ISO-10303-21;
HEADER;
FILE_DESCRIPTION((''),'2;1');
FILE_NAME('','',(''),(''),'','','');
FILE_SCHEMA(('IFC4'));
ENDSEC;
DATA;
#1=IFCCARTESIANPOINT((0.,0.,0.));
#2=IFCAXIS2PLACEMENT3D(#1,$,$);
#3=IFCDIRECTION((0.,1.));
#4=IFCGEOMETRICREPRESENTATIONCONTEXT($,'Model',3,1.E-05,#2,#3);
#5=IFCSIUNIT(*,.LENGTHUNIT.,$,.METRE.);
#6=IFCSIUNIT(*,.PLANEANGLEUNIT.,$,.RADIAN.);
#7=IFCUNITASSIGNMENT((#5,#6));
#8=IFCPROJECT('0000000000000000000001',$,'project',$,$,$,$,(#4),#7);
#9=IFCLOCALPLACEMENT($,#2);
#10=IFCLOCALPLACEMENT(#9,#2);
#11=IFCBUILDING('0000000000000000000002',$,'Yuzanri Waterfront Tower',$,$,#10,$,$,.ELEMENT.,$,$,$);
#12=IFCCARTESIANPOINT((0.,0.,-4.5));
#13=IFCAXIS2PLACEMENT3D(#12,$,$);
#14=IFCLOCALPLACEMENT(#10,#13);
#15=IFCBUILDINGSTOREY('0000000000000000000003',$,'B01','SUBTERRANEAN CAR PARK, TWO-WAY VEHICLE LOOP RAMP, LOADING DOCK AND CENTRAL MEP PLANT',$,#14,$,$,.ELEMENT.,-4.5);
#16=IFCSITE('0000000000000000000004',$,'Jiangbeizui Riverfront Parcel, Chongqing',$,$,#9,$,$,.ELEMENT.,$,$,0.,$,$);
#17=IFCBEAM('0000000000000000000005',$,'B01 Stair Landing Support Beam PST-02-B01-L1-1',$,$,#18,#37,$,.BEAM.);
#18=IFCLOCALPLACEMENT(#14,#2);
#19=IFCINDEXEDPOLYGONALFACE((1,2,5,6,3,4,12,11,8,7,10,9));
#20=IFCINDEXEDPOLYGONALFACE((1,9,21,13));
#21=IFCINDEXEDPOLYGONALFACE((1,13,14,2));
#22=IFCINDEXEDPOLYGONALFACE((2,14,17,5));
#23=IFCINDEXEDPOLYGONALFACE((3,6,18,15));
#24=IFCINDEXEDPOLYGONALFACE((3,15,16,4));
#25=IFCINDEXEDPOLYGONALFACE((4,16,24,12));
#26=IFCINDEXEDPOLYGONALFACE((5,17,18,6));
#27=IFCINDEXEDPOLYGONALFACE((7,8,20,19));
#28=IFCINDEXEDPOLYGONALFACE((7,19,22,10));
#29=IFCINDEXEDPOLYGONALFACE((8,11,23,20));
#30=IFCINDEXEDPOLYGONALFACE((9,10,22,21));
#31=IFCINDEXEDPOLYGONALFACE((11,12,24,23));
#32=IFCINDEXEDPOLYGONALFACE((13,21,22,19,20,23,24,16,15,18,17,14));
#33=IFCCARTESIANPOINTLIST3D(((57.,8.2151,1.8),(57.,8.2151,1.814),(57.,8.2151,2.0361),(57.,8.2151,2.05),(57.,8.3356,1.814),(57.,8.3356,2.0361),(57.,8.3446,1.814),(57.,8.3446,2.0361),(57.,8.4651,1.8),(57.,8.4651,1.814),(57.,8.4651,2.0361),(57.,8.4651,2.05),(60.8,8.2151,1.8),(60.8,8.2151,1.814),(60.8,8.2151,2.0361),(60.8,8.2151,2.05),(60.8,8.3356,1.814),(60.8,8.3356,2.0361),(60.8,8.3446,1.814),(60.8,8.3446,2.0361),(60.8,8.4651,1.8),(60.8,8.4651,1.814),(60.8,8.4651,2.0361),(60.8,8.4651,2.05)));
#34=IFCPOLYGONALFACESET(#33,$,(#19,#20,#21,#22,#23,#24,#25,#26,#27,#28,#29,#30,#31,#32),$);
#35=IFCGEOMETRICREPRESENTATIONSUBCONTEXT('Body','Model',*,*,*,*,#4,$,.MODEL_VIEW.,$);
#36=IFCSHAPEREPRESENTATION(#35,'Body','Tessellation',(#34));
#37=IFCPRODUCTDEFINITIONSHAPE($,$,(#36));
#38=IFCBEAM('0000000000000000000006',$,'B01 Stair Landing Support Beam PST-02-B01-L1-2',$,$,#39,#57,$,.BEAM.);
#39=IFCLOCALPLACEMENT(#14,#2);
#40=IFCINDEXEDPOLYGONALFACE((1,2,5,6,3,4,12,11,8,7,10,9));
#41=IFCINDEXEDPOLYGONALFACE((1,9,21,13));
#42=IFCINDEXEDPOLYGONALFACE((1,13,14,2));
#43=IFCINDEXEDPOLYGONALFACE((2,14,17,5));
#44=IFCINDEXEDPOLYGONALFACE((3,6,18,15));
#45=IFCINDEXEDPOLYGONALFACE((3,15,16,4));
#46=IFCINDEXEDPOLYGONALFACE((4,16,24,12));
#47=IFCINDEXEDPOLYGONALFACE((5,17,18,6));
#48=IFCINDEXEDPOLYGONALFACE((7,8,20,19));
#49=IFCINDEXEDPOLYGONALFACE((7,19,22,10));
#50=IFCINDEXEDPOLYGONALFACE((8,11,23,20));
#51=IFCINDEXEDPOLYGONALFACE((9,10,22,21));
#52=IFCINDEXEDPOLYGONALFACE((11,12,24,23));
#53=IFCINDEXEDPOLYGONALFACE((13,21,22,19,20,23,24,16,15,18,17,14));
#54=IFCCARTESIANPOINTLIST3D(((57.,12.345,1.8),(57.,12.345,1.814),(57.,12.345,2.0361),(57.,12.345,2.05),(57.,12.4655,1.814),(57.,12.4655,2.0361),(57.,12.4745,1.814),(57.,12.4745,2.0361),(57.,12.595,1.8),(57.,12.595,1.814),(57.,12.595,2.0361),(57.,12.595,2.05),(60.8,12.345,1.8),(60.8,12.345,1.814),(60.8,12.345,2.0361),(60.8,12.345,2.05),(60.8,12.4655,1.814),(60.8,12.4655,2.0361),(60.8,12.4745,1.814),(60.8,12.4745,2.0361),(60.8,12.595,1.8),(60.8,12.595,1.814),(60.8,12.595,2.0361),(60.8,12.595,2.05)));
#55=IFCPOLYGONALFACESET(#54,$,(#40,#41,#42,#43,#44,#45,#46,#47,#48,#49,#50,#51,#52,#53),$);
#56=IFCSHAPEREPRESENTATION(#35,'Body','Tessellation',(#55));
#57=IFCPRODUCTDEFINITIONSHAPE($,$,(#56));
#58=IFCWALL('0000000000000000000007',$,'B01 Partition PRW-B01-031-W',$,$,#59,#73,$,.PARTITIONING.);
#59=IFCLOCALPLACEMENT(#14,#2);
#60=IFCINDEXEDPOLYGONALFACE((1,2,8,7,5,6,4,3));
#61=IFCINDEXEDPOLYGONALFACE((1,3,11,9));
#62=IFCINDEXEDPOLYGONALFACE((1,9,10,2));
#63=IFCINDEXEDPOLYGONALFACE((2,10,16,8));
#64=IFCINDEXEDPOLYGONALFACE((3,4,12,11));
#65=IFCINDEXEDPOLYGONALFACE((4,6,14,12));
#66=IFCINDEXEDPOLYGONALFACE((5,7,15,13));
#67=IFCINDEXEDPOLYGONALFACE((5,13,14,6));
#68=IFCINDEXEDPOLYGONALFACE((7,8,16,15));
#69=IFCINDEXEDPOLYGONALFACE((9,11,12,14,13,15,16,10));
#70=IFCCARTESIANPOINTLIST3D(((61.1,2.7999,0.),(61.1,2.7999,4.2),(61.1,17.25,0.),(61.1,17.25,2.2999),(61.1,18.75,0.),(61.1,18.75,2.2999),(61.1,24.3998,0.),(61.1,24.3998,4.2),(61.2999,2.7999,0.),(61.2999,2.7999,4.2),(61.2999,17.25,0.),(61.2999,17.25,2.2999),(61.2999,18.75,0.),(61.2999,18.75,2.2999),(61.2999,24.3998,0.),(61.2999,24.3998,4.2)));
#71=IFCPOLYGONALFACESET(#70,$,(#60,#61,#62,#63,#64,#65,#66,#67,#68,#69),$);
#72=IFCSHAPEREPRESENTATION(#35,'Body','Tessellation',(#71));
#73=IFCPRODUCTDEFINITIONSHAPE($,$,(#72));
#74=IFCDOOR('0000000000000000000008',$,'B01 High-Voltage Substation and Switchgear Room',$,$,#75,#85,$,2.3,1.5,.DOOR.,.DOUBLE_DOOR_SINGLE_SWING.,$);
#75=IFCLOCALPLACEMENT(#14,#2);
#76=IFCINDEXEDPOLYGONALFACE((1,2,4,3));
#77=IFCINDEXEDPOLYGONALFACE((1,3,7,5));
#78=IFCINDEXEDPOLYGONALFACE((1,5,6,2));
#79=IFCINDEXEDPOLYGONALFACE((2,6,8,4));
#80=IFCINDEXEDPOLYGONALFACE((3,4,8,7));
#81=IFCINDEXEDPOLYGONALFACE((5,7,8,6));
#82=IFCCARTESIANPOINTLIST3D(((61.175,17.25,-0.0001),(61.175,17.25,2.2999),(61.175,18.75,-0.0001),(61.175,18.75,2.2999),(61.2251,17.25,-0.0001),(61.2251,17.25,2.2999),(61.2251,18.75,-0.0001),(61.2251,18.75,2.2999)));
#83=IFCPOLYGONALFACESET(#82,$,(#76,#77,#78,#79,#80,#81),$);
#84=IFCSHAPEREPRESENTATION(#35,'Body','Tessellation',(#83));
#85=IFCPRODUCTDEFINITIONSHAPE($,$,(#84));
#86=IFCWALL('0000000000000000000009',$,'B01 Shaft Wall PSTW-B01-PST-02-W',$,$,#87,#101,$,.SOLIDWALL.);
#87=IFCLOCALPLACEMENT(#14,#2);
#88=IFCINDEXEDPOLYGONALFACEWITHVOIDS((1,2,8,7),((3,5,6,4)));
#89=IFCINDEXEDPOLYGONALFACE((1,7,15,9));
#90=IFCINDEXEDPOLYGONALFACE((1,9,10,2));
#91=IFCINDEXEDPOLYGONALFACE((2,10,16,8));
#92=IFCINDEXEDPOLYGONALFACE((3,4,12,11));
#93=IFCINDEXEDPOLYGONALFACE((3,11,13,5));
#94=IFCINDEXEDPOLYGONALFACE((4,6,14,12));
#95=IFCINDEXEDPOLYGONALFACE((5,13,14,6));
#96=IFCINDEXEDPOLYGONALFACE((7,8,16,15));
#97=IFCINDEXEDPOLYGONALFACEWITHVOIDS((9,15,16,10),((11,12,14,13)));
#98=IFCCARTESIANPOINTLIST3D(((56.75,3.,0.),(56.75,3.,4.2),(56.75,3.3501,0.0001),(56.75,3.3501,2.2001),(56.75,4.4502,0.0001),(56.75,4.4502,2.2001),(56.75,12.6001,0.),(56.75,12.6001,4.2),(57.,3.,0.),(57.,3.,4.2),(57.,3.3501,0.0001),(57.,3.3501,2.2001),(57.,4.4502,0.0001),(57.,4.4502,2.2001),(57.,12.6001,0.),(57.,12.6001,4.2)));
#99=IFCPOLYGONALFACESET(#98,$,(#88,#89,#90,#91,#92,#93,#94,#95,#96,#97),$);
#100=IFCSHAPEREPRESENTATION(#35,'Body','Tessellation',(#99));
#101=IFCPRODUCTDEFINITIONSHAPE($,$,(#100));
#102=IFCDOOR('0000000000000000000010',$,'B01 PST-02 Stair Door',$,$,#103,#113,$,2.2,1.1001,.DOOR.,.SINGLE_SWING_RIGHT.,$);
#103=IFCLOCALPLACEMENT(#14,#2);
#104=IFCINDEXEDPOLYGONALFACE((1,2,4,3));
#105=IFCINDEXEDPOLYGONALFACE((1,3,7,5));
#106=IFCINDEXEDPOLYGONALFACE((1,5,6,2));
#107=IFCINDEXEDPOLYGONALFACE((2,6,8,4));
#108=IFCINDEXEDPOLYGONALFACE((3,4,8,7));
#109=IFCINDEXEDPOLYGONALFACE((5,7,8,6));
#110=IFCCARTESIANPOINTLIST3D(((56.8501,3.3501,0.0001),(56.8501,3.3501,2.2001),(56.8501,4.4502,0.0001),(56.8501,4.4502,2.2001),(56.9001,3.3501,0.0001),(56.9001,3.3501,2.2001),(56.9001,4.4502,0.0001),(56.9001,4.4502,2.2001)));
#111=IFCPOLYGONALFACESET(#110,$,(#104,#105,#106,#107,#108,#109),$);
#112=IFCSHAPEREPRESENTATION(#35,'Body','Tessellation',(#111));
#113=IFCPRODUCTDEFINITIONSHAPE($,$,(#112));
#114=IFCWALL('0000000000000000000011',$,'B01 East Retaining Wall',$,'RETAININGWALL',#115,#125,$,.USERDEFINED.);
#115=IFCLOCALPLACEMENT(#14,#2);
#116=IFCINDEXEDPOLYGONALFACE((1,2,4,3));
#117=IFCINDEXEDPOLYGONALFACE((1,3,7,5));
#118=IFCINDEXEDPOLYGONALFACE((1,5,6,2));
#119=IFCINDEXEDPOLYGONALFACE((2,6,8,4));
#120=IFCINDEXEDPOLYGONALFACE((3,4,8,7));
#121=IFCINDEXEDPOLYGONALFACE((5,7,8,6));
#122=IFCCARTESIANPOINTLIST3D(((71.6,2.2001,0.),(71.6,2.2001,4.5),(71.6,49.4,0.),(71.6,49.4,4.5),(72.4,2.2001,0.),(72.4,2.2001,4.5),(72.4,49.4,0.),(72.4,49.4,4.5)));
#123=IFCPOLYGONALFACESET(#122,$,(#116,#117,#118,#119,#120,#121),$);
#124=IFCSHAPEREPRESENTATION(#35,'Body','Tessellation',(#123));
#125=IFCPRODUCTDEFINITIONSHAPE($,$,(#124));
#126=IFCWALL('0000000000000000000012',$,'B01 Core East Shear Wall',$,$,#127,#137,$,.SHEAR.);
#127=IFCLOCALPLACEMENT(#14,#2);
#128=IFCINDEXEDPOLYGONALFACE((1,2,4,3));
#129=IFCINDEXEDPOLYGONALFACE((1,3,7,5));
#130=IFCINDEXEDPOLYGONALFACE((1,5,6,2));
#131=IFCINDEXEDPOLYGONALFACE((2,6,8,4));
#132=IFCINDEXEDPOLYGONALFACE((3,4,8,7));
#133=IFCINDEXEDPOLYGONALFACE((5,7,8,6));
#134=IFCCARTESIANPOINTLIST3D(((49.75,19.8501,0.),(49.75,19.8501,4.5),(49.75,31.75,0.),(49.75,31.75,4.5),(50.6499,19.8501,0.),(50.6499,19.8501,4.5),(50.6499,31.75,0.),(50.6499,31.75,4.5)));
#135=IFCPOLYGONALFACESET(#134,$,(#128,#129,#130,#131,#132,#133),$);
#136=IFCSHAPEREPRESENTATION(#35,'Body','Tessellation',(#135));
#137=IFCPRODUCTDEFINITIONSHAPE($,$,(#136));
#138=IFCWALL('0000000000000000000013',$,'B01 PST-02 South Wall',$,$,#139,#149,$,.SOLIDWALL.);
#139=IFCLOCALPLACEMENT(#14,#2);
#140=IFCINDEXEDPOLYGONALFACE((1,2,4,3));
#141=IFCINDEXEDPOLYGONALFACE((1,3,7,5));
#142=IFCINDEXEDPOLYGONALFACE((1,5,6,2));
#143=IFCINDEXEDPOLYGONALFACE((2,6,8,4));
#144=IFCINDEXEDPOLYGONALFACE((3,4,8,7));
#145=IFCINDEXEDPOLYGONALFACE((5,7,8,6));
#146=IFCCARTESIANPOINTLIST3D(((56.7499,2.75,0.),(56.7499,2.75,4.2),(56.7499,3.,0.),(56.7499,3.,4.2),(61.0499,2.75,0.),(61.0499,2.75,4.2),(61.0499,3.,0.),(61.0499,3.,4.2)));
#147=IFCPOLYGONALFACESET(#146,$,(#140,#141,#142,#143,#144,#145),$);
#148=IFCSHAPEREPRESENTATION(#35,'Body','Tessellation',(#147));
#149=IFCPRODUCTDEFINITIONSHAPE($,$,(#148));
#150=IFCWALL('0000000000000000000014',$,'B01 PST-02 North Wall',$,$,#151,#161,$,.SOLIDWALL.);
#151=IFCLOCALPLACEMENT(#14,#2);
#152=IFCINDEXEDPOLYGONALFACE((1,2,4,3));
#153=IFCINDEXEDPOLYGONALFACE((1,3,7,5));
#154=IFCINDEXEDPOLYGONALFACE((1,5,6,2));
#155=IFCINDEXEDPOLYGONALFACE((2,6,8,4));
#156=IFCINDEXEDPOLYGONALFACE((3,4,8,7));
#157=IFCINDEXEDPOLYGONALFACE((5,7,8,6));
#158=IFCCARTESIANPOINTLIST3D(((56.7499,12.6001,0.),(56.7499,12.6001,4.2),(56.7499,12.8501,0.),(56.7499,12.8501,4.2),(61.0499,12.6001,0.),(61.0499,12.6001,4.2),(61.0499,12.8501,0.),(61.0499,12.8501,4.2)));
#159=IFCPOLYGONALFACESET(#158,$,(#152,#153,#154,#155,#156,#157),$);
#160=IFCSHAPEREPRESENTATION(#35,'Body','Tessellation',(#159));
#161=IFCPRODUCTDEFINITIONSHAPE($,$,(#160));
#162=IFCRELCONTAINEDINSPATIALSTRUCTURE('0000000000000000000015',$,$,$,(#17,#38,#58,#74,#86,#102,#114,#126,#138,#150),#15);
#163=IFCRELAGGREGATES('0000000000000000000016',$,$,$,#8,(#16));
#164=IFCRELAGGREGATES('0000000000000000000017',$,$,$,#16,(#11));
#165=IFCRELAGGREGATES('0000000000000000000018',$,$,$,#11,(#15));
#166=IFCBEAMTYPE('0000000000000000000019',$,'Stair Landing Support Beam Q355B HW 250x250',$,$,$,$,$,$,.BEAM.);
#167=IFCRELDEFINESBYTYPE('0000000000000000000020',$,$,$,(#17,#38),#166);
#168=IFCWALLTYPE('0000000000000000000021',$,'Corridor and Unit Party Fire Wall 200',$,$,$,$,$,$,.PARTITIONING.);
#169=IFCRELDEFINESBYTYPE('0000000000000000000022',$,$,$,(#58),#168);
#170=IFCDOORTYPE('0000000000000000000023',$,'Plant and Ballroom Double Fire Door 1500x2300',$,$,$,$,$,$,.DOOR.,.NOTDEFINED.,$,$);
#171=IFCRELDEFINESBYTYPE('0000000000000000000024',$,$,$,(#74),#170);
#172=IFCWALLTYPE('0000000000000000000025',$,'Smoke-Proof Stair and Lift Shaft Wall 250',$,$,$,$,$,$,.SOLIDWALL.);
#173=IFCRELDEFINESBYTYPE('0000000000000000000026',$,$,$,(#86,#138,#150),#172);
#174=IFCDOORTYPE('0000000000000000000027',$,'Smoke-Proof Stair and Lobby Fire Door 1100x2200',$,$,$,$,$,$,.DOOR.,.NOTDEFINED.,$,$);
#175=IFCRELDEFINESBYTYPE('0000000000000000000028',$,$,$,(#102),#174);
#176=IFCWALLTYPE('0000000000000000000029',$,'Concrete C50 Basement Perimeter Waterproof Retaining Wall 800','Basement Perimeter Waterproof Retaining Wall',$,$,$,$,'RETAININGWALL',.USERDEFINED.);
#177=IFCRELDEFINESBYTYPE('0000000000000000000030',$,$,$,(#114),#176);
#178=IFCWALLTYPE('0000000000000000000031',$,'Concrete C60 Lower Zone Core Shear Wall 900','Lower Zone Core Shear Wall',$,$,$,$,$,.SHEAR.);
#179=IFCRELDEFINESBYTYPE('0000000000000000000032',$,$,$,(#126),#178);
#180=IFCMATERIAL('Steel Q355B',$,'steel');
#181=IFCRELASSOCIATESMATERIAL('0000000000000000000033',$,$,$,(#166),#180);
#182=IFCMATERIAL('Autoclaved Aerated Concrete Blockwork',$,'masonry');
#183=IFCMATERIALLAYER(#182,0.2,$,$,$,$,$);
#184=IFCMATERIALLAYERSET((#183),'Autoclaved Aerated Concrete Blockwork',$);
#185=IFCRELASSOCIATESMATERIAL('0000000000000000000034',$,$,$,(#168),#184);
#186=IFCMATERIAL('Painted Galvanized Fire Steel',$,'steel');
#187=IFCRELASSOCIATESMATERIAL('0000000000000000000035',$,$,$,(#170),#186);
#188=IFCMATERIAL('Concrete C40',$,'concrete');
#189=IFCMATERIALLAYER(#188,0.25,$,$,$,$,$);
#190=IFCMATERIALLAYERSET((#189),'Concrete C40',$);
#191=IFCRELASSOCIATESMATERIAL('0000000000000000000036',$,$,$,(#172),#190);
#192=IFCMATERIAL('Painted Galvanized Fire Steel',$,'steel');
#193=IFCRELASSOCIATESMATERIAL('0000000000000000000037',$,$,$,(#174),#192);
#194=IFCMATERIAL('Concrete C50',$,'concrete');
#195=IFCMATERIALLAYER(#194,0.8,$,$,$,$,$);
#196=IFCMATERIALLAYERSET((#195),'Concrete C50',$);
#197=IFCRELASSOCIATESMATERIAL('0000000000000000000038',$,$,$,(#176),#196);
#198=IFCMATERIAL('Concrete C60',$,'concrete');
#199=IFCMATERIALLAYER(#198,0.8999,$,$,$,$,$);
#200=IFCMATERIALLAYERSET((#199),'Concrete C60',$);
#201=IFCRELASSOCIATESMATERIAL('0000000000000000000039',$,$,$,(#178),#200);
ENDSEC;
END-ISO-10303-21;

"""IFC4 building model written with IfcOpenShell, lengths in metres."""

from ifc_helpers import new_model, si_unit, direction, frame, frame_2d, origin, origin_2d, place, context, subcontext, project, spatial, rectangle, i_section, extrude, source, transform, mapped, material, layer, layer_set, material_profile, profile_set, type_object, element, fill, save


model = new_model("IFC4")

# Units and contexts
model_context = context("Model", 3, precision=1e-05, world=origin(), true_north=direction((0.0, 1.0)))
body_context = subcontext(model_context, "Body", "Model", "MODEL_VIEW")
ifc_project = project(units=[si_unit("LENGTHUNIT", "METRE"), si_unit("PLANEANGLEUNIT", "RADIAN")], contexts=[model_context])

# Site, building, storey
site_placement = place(None, origin())
site = spatial("IfcSite", under=ifc_project, at=site_placement, Name="Jiangbeizui Riverfront Parcel, Chongqing", CompositionType="ELEMENT", RefElevation=0.0)
building_placement = place(site_placement, origin())
building = spatial("IfcBuilding", under=site, at=building_placement, Name="Yuzanri Waterfront Tower", CompositionType="ELEMENT")
storey_placement = place(building_placement, frame((0.0, 0.0, -4.5)))
storey = spatial("IfcBuildingStorey", under=building, at=storey_placement, Name="B01", Description="SUBTERRANEAN CAR PARK, TWO-WAY VEHICLE LOOP RAMP, LOADING DOCK AND CENTRAL MEP PLANT", CompositionType="ELEMENT", Elevation=-4.5)

# Beams
ifc_material_1 = material(Name="Steel Q355B", Category="steel")
ifc_material_profile_1 = material_profile(ifc_material_1, i_section(OverallWidth=0.25, OverallDepth=0.25, WebThickness=0.009, FlangeThickness=0.0139, at=origin_2d()), Name="HW 250x250x9x14")
ifc_profile_set_1 = profile_set([ifc_material_profile_1], Name="Steel Q355B")
beam_type_1 = type_object("IfcBeamType", Name="Stair Landing Support Beam Q355B HW 250x250", PredefinedType="BEAM", material=ifc_profile_set_1)
shared_shape_1 = source(origin(), body_context, "Body", "SweptSolid", [
    extrude(i_section(OverallWidth=0.25, OverallDepth=0.25, WebThickness=0.009, FlangeThickness=0.0139, at=origin_2d()), origin(), (0.0, 0.0, 1.0), 3.8),
])
for number, where, z_axis, x_axis, name in (
    (1, (57.0, 8.3401, 1.925), (1.0, 0.0, 0.0), (0.0, 1.0, 0.0), "B01 Stair Landing Support Beam PST-02-B01-L1-1"),
    (2, (57.0, 12.47, 1.925), (1.0, 0.0, 0.0), (0.0, 1.0, 0.0), "B01 Stair Landing Support Beam PST-02-B01-L1-2"),
):
    element("IfcBeam", number, at=place(storey_placement, frame(where, z_axis=z_axis, x_axis=x_axis)), inside=storey, type_object=beam_type_1, Name=name, PredefinedType="BEAM", context=body_context, shape_type="MappedRepresentation", body=[
        mapped(shared_shape_1, transform((0.0, 0.0, 0.0), scale=1.0)),
    ])

# Walls, openings, doors
ifc_material_2 = material(Name="Autoclaved Aerated Concrete Blockwork", Category="masonry")
ifc_layer_1 = layer(ifc_material_2, 0.2)
ifc_layer_set_1 = layer_set([ifc_layer_1], Name="Autoclaved Aerated Concrete Blockwork")
wall_type_1 = type_object("IfcWallType", Name="Corridor and Unit Party Fire Wall 200", PredefinedType="PARTITIONING", material=ifc_layer_set_1)
wall_1_placement = place(storey_placement, frame((61.2, 2.8, 0.0), z_axis=(0.0, 0.0, 1.0), x_axis=(0.0, 1.0, 0.0)))
wall_1 = element("IfcWall", 3, at=wall_1_placement, inside=storey, type_object=wall_type_1, Name="B01 Partition PRW-B01-031-W", PredefinedType="PARTITIONING", context=body_context, shape_type="SweptSolid", body=[
    extrude(rectangle(XDim=21.5999, YDim=0.2, at=frame_2d((10.7998, 0.0))), origin(), (0.0, 0.0, 1.0), 4.2),
])
opening_1_placement = place(wall_1_placement, frame((14.45, 0.0, 0.0)))
opening_1 = element("IfcOpeningElement", 4, at=opening_1_placement, cuts=wall_1, PredefinedType="OPENING", context=body_context, shape_type="SweptSolid", body=[
    extrude(rectangle(XDim=1.5, YDim=2.3, at=frame_2d((0.75, 1.1499))), frame((0.0, 0.1147, 0.0), z_axis=(0.0, -1.0, 0.0), x_axis=(1.0, 0.0, 0.0)), (0.0, 0.0, 1.0), 0.2297),
])
ifc_material_3 = material(Name="Painted Galvanized Fire Steel", Category="steel")
door_type_1 = type_object("IfcDoorType", Name="Plant and Ballroom Double Fire Door 1500x2300", OperationType="NOTDEFINED", PredefinedType="DOOR", material=ifc_material_3)
shared_shape_2 = source(origin(), body_context, "Body", "SweptSolid", [
    extrude(rectangle(XDim=1.5, YDim=2.3, at=frame_2d((0.75, 1.1499))), frame((0.0, 0.0249, 0.0), z_axis=(0.0, -1.0, 0.0), x_axis=(1.0, 0.0, 0.0)), (0.0, 0.0, 1.0), 0.05),
])
door_1_placement = place(opening_1_placement, origin())
door_1 = element("IfcDoor", 5, at=door_1_placement, inside=storey, type_object=door_type_1, Name="B01 High-Voltage Substation and Switchgear Room", OperationType="DOUBLE_DOOR_SINGLE_SWING", OverallHeight=2.3, OverallWidth=1.5, PredefinedType="DOOR", context=body_context, shape_type="MappedRepresentation", body=[
    mapped(shared_shape_2, transform((0.0, 0.0, 0.0), scale=1.0)),
])
fill(opening_1, door_1)
ifc_material_4 = material(Name="Concrete C40", Category="concrete")
ifc_layer_2 = layer(ifc_material_4, 0.25)
ifc_layer_set_2 = layer_set([ifc_layer_2], Name="Concrete C40")
wall_type_2 = type_object("IfcWallType", Name="Smoke-Proof Stair and Lift Shaft Wall 250", PredefinedType="SOLIDWALL", material=ifc_layer_set_2)
wall_2_placement = place(storey_placement, frame((56.875, 3.0, 0.0), z_axis=(0.0, 0.0, 1.0), x_axis=(0.0, 1.0, 0.0)))
wall_2 = element("IfcWall", 6, at=wall_2_placement, inside=storey, type_object=wall_type_2, Name="B01 Shaft Wall PSTW-B01-PST-02-W", PredefinedType="SOLIDWALL", context=body_context, shape_type="SweptSolid", body=[
    extrude(rectangle(XDim=9.6001, YDim=0.25, at=frame_2d((4.8, 0.0))), origin(), (0.0, 0.0, 1.0), 4.2),
])
opening_2_placement = place(wall_2_placement, frame((0.3501, 0.0, 0.0)))
opening_2 = element("IfcOpeningElement", 7, at=opening_2_placement, cuts=wall_2, PredefinedType="OPENING", context=body_context, shape_type="SweptSolid", body=[
    extrude(rectangle(XDim=1.1001, YDim=2.2, at=frame_2d((0.55, 1.1001))), frame((0.0, 0.1399, 0.0), z_axis=(0.0, -1.0, 0.0), x_axis=(1.0, 0.0, 0.0)), (0.0, 0.0, 1.0), 0.2798),
])
ifc_material_5 = material(Name="Painted Galvanized Fire Steel", Category="steel")
door_type_2 = type_object("IfcDoorType", Name="Smoke-Proof Stair and Lobby Fire Door 1100x2200", OperationType="NOTDEFINED", PredefinedType="DOOR", material=ifc_material_5)
shared_shape_3 = source(origin(), body_context, "Body", "SweptSolid", [
    extrude(rectangle(XDim=1.1001, YDim=2.2, at=frame_2d((0.55, 1.1001))), frame((0.0, 0.0249, 0.0), z_axis=(0.0, -1.0, 0.0), x_axis=(1.0, 0.0, 0.0)), (0.0, 0.0, 1.0), 0.05),
])
door_2_placement = place(opening_2_placement, origin())
door_2 = element("IfcDoor", 8, at=door_2_placement, inside=storey, type_object=door_type_2, Name="B01 PST-02 Stair Door", OperationType="SINGLE_SWING_RIGHT", OverallHeight=2.2, OverallWidth=1.1001, PredefinedType="DOOR", context=body_context, shape_type="MappedRepresentation", body=[
    mapped(shared_shape_3, transform((0.0, 0.0, 0.0), scale=1.0)),
])
fill(opening_2, door_2)

# Walls
ifc_material_6 = material(Name="Concrete C50", Category="concrete")
ifc_layer_3 = layer(ifc_material_6, 0.8)
ifc_layer_set_3 = layer_set([ifc_layer_3], Name="Concrete C50")
wall_type_3 = type_object("IfcWallType", Name="Concrete C50 Basement Perimeter Waterproof Retaining Wall 800", Description="Basement Perimeter Waterproof Retaining Wall", ElementType="RETAININGWALL", PredefinedType="USERDEFINED", material=ifc_layer_set_3)
shared_shape_4 = source(origin(), body_context, "Body", "SweptSolid", [
    extrude(rectangle(XDim=47.2, YDim=0.8, at=frame_2d((23.6001, 0.0))), origin(), (0.0, 0.0, 1.0), 4.5),
])
wall_3_placement = place(storey_placement, frame((72.0, 2.2, 0.0), z_axis=(0.0, 0.0, 1.0), x_axis=(0.0, 1.0, 0.0)))
element("IfcWall", 9, at=wall_3_placement, inside=storey, type_object=wall_type_3, Name="B01 East Retaining Wall", ObjectType="RETAININGWALL", PredefinedType="USERDEFINED", context=body_context, shape_type="MappedRepresentation", body=[
    mapped(shared_shape_4, transform((0.0, 0.0, 0.0), scale=1.0)),
])
ifc_material_7 = material(Name="Concrete C60", Category="concrete")
ifc_layer_4 = layer(ifc_material_7, 0.8999)
ifc_layer_set_4 = layer_set([ifc_layer_4], Name="Concrete C60")
wall_type_4 = type_object("IfcWallType", Name="Concrete C60 Lower Zone Core Shear Wall 900", Description="Lower Zone Core Shear Wall", PredefinedType="SHEAR", material=ifc_layer_set_4)
shared_shape_5 = source(origin(), body_context, "Body", "SweptSolid", [
    extrude(rectangle(XDim=11.8999, YDim=0.8999, at=frame_2d((5.95, 0.0))), origin(), (0.0, 0.0, 1.0), 4.5),
])
wall_4_placement = place(storey_placement, frame((50.2, 19.8501, 0.0), z_axis=(0.0, 0.0, 1.0), x_axis=(0.0, 1.0, 0.0)))
element("IfcWall", 10, at=wall_4_placement, inside=storey, type_object=wall_type_4, Name="B01 Core East Shear Wall", PredefinedType="SHEAR", context=body_context, shape_type="MappedRepresentation", body=[
    mapped(shared_shape_5, transform((0.0, 0.0, 0.0), scale=1.0)),
])
shared_shape_6 = source(origin(), body_context, "Body", "SweptSolid", [
    extrude(rectangle(XDim=4.3, YDim=0.25, at=frame_2d((2.1499, 0.0))), origin(), (0.0, 0.0, 1.0), 4.2),
])
for number, where, z_axis, x_axis, name in (
    (11, (56.75, 2.875, 0.0), (0.0, 0.0, 1.0), (1.0, 0.0, 0.0), "B01 PST-02 South Wall"),
    (12, (56.75, 12.7251, 0.0), (0.0, 0.0, 1.0), (1.0, 0.0, 0.0), "B01 PST-02 North Wall"),
):
    element("IfcWall", number, at=place(storey_placement, frame(where, z_axis=z_axis, x_axis=x_axis)), inside=storey, type_object=wall_type_2, Name=name, PredefinedType="SOLIDWALL", context=body_context, shape_type="MappedRepresentation", body=[
        mapped(shared_shape_6, transform((0.0, 0.0, 0.0), scale=1.0)),
    ])

save(model, "model.ifc")
